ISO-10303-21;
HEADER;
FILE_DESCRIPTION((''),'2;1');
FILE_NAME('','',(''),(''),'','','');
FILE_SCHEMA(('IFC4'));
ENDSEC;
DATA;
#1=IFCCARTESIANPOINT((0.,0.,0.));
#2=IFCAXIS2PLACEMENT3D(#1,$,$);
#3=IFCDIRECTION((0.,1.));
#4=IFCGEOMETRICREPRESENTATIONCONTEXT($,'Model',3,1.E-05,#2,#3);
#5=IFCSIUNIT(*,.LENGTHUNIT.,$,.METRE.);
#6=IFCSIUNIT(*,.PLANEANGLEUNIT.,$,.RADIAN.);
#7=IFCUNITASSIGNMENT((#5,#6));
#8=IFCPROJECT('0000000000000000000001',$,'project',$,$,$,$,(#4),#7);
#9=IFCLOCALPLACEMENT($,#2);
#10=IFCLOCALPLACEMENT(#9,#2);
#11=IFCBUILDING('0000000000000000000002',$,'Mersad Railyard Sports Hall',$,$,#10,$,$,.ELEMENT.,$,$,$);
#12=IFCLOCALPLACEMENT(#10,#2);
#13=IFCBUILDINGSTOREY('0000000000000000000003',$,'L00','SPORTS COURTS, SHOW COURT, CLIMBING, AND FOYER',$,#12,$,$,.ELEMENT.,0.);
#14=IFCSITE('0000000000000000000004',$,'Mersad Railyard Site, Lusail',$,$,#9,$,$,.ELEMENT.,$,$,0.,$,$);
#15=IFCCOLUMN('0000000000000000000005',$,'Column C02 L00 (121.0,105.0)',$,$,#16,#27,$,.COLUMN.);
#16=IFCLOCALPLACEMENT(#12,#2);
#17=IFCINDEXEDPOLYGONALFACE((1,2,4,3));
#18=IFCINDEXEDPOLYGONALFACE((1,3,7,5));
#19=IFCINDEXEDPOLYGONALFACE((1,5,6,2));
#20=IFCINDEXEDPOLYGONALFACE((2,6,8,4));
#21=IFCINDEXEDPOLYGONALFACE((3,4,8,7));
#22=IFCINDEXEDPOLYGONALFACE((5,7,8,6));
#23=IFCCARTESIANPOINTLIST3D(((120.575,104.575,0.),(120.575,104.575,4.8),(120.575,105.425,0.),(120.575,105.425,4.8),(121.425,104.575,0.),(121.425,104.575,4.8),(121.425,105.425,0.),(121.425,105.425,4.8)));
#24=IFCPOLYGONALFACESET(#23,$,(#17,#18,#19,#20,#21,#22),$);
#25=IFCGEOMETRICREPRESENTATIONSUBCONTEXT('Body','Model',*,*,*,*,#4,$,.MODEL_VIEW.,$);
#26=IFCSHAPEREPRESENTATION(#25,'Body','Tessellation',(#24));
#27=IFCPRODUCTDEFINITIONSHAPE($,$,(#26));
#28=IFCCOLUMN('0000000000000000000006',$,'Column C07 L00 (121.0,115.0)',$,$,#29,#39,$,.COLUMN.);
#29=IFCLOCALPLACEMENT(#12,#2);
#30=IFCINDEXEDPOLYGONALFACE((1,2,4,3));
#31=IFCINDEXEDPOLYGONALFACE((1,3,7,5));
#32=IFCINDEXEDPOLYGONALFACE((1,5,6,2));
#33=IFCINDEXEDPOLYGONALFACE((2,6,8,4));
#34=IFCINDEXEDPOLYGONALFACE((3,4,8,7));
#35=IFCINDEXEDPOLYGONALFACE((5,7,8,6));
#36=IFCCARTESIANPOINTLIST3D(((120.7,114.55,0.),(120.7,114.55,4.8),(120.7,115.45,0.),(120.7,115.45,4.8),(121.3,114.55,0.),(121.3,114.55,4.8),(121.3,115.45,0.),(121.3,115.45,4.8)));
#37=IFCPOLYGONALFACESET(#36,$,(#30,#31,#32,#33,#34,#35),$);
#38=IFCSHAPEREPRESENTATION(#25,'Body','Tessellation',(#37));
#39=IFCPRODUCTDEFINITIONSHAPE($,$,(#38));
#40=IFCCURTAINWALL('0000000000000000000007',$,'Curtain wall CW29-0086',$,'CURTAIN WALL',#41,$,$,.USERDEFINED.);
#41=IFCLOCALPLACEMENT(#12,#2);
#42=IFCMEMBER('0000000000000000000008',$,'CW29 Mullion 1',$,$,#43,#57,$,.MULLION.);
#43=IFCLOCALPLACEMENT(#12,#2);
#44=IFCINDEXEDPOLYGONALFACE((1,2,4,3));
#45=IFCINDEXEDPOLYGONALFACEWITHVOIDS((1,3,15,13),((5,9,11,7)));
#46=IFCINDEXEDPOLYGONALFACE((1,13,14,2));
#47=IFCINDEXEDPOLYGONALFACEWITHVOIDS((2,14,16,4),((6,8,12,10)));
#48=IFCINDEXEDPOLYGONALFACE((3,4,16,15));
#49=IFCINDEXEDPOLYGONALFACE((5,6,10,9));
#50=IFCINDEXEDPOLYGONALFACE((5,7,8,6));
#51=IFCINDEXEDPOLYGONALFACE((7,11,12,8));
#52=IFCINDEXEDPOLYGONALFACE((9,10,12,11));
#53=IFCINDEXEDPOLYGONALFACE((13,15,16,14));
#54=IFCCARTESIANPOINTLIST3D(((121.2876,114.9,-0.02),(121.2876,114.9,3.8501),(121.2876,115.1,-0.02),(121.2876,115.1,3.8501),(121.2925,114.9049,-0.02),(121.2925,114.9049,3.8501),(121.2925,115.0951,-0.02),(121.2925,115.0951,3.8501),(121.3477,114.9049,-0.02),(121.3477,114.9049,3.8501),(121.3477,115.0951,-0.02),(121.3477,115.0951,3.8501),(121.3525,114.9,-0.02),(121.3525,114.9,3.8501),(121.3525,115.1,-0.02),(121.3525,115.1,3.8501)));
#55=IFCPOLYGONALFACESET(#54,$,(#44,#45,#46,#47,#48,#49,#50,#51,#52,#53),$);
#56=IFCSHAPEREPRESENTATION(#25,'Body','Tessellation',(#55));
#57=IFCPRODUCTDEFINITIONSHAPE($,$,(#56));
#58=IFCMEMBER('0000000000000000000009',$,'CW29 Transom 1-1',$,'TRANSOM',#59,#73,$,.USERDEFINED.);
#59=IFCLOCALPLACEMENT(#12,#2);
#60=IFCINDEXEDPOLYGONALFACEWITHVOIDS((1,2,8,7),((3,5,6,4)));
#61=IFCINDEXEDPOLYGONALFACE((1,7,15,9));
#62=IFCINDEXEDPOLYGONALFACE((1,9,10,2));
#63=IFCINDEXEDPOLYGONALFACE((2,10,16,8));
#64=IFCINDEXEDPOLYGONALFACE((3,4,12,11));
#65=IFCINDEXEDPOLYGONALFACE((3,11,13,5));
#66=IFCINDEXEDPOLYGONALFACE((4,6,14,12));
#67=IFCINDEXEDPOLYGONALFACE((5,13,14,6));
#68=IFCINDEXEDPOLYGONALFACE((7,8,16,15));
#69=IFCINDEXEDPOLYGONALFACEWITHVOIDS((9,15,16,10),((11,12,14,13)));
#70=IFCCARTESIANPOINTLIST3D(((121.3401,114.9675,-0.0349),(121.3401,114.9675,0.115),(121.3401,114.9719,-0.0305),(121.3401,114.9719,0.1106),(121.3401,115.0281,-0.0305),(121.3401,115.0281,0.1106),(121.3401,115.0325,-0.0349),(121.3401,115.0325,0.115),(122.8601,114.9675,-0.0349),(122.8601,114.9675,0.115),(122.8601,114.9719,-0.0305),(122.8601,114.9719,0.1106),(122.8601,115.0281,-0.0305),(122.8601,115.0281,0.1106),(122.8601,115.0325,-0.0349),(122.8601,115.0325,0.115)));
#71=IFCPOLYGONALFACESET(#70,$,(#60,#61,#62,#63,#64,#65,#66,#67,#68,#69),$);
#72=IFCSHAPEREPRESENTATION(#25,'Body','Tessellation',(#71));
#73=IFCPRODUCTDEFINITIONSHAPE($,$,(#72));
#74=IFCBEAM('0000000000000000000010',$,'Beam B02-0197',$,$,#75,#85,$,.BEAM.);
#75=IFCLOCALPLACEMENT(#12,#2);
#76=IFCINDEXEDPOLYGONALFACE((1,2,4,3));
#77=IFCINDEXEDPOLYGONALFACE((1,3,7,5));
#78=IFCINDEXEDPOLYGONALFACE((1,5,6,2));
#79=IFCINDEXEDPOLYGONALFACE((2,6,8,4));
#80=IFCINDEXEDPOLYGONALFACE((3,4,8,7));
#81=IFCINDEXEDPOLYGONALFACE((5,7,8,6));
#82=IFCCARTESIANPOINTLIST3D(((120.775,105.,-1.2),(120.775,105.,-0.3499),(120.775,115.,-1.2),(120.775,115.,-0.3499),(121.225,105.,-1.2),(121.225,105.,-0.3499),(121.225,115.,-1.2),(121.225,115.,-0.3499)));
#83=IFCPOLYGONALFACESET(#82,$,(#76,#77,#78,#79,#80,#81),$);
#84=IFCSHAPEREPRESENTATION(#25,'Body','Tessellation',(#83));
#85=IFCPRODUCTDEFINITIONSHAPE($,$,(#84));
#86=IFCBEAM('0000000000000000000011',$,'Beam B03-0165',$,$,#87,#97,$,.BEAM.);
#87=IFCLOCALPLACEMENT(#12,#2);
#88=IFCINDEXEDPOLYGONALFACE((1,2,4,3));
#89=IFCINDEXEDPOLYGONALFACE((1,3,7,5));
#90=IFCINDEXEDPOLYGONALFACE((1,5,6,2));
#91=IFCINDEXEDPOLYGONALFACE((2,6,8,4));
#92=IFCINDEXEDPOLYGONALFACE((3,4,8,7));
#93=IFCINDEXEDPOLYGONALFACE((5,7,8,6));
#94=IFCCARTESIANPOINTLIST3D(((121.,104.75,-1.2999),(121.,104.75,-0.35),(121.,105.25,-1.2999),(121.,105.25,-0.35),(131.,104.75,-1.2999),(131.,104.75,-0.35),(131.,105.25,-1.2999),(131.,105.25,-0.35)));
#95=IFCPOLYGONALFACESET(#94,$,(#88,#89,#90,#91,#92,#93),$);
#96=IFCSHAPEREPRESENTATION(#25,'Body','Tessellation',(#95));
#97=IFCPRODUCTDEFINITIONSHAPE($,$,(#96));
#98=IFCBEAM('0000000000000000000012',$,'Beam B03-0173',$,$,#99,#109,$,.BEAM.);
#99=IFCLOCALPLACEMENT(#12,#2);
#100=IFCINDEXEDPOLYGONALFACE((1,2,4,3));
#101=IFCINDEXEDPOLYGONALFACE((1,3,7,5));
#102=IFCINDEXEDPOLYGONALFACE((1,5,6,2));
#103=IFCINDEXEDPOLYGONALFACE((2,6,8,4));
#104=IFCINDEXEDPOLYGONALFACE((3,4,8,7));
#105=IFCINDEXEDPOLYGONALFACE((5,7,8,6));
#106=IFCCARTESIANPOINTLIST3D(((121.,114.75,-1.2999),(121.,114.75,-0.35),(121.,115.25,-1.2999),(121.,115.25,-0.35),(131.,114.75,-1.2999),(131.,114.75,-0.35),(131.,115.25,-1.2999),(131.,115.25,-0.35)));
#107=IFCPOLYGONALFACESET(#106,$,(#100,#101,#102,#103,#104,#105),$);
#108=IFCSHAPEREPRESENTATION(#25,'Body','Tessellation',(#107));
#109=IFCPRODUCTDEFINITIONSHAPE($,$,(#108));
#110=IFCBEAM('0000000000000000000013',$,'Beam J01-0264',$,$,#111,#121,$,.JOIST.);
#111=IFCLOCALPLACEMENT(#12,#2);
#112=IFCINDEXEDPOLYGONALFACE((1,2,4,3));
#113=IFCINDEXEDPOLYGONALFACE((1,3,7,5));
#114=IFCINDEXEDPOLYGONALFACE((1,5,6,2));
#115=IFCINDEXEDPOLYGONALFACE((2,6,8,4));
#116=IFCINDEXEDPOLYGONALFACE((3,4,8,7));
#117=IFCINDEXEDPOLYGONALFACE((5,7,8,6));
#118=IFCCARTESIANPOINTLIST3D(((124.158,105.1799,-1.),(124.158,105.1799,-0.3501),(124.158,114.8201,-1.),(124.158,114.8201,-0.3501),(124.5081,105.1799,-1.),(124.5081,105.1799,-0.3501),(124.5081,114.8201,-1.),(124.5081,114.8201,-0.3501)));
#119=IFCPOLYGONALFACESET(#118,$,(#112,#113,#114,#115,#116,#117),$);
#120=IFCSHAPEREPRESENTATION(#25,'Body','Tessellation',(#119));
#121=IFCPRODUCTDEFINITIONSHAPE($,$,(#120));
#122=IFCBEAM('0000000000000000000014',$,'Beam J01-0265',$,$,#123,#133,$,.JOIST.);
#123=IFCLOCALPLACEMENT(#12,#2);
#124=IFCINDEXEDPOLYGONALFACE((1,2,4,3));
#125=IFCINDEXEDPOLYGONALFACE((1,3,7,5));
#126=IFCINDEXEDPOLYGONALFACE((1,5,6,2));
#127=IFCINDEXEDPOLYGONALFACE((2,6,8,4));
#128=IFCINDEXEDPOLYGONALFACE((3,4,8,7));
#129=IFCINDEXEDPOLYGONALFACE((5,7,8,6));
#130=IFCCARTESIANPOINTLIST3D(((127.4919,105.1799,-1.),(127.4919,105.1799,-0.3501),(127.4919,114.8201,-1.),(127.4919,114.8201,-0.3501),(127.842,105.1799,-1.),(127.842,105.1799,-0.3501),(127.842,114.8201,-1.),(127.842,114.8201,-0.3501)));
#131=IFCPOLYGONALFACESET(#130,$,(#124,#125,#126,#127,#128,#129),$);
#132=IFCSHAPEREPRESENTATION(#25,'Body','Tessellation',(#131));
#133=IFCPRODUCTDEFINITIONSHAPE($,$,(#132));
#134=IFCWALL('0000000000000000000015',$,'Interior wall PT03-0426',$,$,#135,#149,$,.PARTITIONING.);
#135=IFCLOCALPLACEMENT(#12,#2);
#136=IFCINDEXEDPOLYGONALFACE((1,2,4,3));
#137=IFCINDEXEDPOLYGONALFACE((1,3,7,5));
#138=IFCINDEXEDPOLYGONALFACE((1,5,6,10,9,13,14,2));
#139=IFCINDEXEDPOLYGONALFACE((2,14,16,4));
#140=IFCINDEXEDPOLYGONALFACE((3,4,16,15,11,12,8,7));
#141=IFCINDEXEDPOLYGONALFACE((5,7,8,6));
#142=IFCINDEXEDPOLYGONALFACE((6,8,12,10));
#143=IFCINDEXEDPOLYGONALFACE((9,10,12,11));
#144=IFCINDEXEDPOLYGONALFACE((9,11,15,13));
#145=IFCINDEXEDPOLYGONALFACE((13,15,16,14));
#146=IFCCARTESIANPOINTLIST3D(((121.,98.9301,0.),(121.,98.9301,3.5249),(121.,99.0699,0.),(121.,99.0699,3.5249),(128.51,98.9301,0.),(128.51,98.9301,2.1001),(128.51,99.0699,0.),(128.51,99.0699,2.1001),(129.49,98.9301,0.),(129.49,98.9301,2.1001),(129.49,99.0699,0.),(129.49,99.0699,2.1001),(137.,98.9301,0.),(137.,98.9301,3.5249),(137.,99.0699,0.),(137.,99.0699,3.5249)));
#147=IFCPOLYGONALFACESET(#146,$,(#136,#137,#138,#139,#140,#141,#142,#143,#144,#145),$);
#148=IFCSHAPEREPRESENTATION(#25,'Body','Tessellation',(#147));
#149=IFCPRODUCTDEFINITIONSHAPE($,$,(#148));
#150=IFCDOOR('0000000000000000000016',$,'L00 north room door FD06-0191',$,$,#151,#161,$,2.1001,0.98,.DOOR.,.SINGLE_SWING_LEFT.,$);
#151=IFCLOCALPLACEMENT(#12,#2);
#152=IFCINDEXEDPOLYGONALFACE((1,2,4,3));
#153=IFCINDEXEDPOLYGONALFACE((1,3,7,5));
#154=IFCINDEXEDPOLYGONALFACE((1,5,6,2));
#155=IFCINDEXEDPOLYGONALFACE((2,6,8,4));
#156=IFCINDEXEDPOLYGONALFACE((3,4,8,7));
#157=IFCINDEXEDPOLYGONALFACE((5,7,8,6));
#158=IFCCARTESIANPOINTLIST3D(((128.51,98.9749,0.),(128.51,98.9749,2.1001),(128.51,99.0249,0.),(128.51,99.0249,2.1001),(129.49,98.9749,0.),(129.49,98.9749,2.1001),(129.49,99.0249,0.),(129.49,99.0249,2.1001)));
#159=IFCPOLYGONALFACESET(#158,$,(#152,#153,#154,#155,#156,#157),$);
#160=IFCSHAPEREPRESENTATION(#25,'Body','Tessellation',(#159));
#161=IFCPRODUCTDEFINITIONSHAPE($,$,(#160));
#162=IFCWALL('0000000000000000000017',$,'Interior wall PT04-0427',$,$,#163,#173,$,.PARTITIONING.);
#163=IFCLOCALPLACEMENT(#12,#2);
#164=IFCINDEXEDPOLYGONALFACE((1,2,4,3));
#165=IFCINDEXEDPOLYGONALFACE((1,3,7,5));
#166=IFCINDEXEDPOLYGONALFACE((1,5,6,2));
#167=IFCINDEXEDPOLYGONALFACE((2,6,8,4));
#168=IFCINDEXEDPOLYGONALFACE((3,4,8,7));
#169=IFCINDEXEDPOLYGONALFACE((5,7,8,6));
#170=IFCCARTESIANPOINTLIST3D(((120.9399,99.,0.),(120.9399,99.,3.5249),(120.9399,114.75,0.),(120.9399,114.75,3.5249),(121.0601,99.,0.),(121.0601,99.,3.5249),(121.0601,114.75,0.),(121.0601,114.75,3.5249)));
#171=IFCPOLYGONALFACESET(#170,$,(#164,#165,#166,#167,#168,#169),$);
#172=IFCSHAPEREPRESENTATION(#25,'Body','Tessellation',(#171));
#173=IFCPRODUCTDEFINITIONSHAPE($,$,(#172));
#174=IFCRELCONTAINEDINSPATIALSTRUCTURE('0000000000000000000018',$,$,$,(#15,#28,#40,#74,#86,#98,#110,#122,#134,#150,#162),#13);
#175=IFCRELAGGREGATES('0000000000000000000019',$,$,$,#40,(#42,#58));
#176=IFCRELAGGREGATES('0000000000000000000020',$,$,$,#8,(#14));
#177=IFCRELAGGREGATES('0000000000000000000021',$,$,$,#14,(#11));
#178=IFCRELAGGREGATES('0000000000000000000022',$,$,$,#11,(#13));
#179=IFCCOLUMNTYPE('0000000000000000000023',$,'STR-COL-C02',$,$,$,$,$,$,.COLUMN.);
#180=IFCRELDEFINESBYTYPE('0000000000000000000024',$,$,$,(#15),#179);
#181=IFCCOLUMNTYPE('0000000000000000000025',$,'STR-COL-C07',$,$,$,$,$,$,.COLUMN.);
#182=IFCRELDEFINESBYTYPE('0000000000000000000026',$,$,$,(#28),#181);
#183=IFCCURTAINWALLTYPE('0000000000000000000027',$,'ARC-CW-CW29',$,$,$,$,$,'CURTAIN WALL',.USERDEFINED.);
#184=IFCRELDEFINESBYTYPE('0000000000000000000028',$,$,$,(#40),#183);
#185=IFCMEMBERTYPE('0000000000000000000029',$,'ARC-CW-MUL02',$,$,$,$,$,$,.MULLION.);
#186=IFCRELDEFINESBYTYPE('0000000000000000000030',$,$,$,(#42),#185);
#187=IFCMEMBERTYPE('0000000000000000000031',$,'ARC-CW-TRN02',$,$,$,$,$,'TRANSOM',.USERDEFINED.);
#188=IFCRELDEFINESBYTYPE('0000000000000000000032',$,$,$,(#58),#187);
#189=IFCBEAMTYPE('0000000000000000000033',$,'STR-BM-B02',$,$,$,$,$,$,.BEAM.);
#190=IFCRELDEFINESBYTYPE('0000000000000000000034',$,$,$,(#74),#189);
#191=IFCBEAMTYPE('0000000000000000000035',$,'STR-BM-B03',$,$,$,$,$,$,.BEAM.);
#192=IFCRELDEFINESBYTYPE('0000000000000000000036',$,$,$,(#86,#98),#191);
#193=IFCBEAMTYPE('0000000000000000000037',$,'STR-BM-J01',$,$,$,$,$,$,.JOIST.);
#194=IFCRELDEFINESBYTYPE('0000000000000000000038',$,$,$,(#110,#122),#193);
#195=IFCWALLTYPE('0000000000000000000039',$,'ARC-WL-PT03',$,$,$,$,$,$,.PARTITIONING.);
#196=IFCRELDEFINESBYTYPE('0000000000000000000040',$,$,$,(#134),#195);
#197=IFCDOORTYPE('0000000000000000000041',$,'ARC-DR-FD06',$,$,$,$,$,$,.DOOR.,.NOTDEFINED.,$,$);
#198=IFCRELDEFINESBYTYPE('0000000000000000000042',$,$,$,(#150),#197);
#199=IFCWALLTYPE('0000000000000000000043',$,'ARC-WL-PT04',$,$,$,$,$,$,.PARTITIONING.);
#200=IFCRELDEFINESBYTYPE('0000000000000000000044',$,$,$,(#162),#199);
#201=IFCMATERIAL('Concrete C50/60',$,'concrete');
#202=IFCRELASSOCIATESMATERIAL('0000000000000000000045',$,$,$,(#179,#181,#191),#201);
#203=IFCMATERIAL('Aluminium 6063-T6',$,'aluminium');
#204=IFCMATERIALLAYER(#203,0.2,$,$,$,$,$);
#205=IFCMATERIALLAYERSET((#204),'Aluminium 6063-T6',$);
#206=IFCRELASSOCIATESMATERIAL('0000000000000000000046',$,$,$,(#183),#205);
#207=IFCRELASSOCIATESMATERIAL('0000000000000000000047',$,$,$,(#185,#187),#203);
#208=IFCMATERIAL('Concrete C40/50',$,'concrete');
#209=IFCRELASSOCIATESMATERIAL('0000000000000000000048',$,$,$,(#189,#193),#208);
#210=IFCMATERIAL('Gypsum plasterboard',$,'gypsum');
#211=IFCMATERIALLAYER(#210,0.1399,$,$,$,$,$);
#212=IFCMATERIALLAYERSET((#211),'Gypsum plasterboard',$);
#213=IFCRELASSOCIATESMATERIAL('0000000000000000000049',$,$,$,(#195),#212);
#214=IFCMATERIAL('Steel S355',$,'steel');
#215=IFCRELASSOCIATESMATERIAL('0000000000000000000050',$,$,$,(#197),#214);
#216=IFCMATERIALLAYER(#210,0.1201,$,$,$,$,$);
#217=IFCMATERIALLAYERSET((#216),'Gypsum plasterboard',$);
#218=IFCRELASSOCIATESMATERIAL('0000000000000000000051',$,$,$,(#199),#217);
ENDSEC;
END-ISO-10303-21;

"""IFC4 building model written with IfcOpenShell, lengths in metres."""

from ifc_helpers import new_model, si_unit, direction, frame, frame_2d, origin, origin_2d, place, context, subcontext, project, spatial, rectangle, hollow_rectangle, extrude, material, layer, layer_set, material_profile, profile_set, type_object, element, fill, aggregate, save


model = new_model("IFC4")

# Units and contexts
model_context = context("Model", 3, precision=1e-05, world=origin(), true_north=direction((0.0, 1.0)))
body_context = subcontext(model_context, "Body", "Model", "MODEL_VIEW")
ifc_project = project(units=[si_unit("LENGTHUNIT", "METRE"), si_unit("PLANEANGLEUNIT", "RADIAN")], contexts=[model_context])

# Site, building, storey
site_placement = place(None, origin())
site = spatial("IfcSite", under=ifc_project, at=site_placement, Name="Mersad Railyard Site, Lusail", CompositionType="ELEMENT", RefElevation=0.0)
building_placement = place(site_placement, origin())
building = spatial("IfcBuilding", under=site, at=building_placement, Name="Mersad Railyard Sports Hall", CompositionType="ELEMENT")
storey_placement = place(building_placement, origin())
storey = spatial("IfcBuildingStorey", under=building, at=storey_placement, Name="L00", Description="SPORTS COURTS, SHOW COURT, CLIMBING, AND FOYER", CompositionType="ELEMENT", Elevation=0.0)

# Columns
ifc_material_1 = material(Name="Concrete C50/60", Category="concrete")
ifc_material_profile_1 = material_profile(ifc_material_1, rectangle(XDim=0.8501, YDim=0.8501, at=origin_2d()), Name="RC 850x850")
ifc_profile_set_1 = profile_set([ifc_material_profile_1], Name="Concrete C50/60")
column_type_1 = type_object("IfcColumnType", Name="STR-COL-C02", PredefinedType="COLUMN", material=ifc_profile_set_1)
column_1_placement = place(storey_placement, frame((121.0, 105.0, 0.0), z_axis=(0.0, 0.0, 1.0), x_axis=(1.0, 0.0, 0.0)))
element("IfcColumn", 1, at=column_1_placement, inside=storey, type_object=column_type_1, Name="Column C02 L00 (121.0,105.0)", PredefinedType="COLUMN", context=body_context, shape_type="SweptSolid", body=[
    extrude(rectangle(XDim=0.8501, YDim=0.8501, at=origin_2d()), origin(), (0.0, 0.0, 1.0), 4.8),
])
ifc_material_profile_2 = material_profile(ifc_material_1, rectangle(XDim=0.6001, YDim=0.8999, at=origin_2d()), Name="RC 600x900")
ifc_profile_set_2 = profile_set([ifc_material_profile_2], Name="Concrete C50/60")
column_type_2 = type_object("IfcColumnType", Name="STR-COL-C07", PredefinedType="COLUMN", material=ifc_profile_set_2)
column_2_placement = place(storey_placement, frame((121.0, 115.0, 0.0), z_axis=(0.0, 0.0, 1.0), x_axis=(1.0, 0.0, 0.0)))
element("IfcColumn", 2, at=column_2_placement, inside=storey, type_object=column_type_2, Name="Column C07 L00 (121.0,115.0)", PredefinedType="COLUMN", context=body_context, shape_type="SweptSolid", body=[
    extrude(rectangle(XDim=0.6001, YDim=0.8999, at=origin_2d()), origin(), (0.0, 0.0, 1.0), 4.8),
])

# Curtain wall, members
ifc_material_2 = material(Name="Aluminium 6063-T6", Category="aluminium")
ifc_layer_1 = layer(ifc_material_2, 0.2)
ifc_layer_set_1 = layer_set([ifc_layer_1], Name="Aluminium 6063-T6")
curtain_wall_type = type_object("IfcCurtainWallType", Name="ARC-CW-CW29", ElementType="CURTAIN WALL", PredefinedType="USERDEFINED", material=ifc_layer_set_1)
curtain_wall_placement = place(storey_placement, origin())
curtain_wall = element("IfcCurtainWall", 3, at=curtain_wall_placement, inside=storey, type_object=curtain_wall_type, Name="Curtain wall CW29-0086", ObjectType="CURTAIN WALL", PredefinedType="USERDEFINED")
ifc_material_profile_3 = material_profile(ifc_material_2, hollow_rectangle(XDim=0.0649, YDim=0.2, WallThickness=0.0049, at=origin_2d()), Name="AL MULLION 65x200x5")
ifc_profile_set_3 = profile_set([ifc_material_profile_3], Name="Aluminium 6063-T6")
member_type_1 = type_object("IfcMemberType", Name="ARC-CW-MUL02", PredefinedType="MULLION", material=ifc_profile_set_3)
member_1_placement = place(storey_placement, frame((121.3201, 115.0, -0.02), z_axis=(0.0, 0.0, 1.0), x_axis=(1.0, 0.0, 0.0)))
member_1 = element("IfcMember", 4, at=member_1_placement, type_object=member_type_1, Name="CW29 Mullion 1", PredefinedType="MULLION", context=body_context, shape_type="SweptSolid", body=[
    extrude(hollow_rectangle(XDim=0.0649, YDim=0.2, WallThickness=0.0049, at=origin_2d()), origin(), (0.0, 0.0, 1.0), 3.8701),
])
ifc_material_profile_4 = material_profile(ifc_material_2, hollow_rectangle(XDim=0.0649, YDim=0.1499, WallThickness=0.0044, at=origin_2d()), Name="AL TRANSOM 65x150x4.5")
ifc_profile_set_4 = profile_set([ifc_material_profile_4], Name="Aluminium 6063-T6")
member_type_2 = type_object("IfcMemberType", Name="ARC-CW-TRN02", ElementType="TRANSOM", PredefinedType="USERDEFINED", material=ifc_profile_set_4)
member_2_placement = place(storey_placement, frame((121.3401, 115.0, 0.04), z_axis=(1.0, 0.0, 0.0), x_axis=(0.0, 1.0, 0.0)))
member_2 = element("IfcMember", 5, at=member_2_placement, type_object=member_type_2, Name="CW29 Transom 1-1", ObjectType="TRANSOM", PredefinedType="USERDEFINED", context=body_context, shape_type="SweptSolid", body=[
    extrude(hollow_rectangle(XDim=0.0649, YDim=0.1499, WallThickness=0.0044, at=origin_2d()), origin(), (0.0, 0.0, 1.0), 1.52),
])
aggregate(curtain_wall, [member_1, member_2])

# Beams
ifc_material_3 = material(Name="Concrete C40/50", Category="concrete")
ifc_material_profile_5 = material_profile(ifc_material_3, rectangle(XDim=0.45, YDim=0.8501, at=origin_2d()), Name="RC 450x850")
ifc_profile_set_5 = profile_set([ifc_material_profile_5], Name="Concrete C40/50")
beam_type_1 = type_object("IfcBeamType", Name="STR-BM-B02", PredefinedType="BEAM", material=ifc_profile_set_5)
beam_placement = place(storey_placement, frame((121.0, 105.0, -0.7749), z_axis=(0.0, 1.0, 0.0), x_axis=(-1.0, 0.0, 0.0)))
element("IfcBeam", 6, at=beam_placement, inside=storey, type_object=beam_type_1, Name="Beam B02-0197", PredefinedType="BEAM", context=body_context, shape_type="SweptSolid", body=[
    extrude(rectangle(XDim=0.45, YDim=0.8501, at=origin_2d()), origin(), (0.0, 0.0, 1.0), 10.0),
])
ifc_material_profile_6 = material_profile(ifc_material_1, rectangle(XDim=0.5, YDim=0.95, at=origin_2d()), Name="RC 500x950")
ifc_profile_set_6 = profile_set([ifc_material_profile_6], Name="Concrete C50/60")
beam_type_2 = type_object("IfcBeamType", Name="STR-BM-B03", PredefinedType="BEAM", material=ifc_profile_set_6)
for number, where, z_axis, x_axis, name in (
    (7, (121.0, 105.0, -0.825), (1.0, 0.0, 0.0), (0.0, 1.0, 0.0), "Beam B03-0165"),
    (8, (121.0, 115.0, -0.825), (1.0, 0.0, 0.0), (0.0, 1.0, 0.0), "Beam B03-0173"),
):
    element("IfcBeam", number, at=place(storey_placement, frame(where, z_axis=z_axis, x_axis=x_axis)), inside=storey, type_object=beam_type_2, Name=name, PredefinedType="BEAM", context=body_context, shape_type="SweptSolid", body=[
        extrude(rectangle(XDim=0.5, YDim=0.95, at=origin_2d()), origin(), (0.0, 0.0, 1.0), 10.0),
    ])
ifc_material_profile_7 = material_profile(ifc_material_3, rectangle(XDim=0.3501, YDim=0.6499, at=origin_2d()), Name="RC 350x650")
ifc_profile_set_7 = profile_set([ifc_material_profile_7], Name="Concrete C40/50")
beam_type_3 = type_object("IfcBeamType", Name="STR-BM-J01", PredefinedType="JOIST", material=ifc_profile_set_7)
for number, where, z_axis, x_axis, name in (
    (9, (124.333, 105.1799, -0.675), (0.0, 1.0, 0.0), (-1.0, 0.0, 0.0), "Beam J01-0264"),
    (10, (127.667, 105.1799, -0.675), (0.0, 1.0, 0.0), (-1.0, 0.0, 0.0), "Beam J01-0265"),
):
    element("IfcBeam", number, at=place(storey_placement, frame(where, z_axis=z_axis, x_axis=x_axis)), inside=storey, type_object=beam_type_3, Name=name, PredefinedType="JOIST", context=body_context, shape_type="SweptSolid", body=[
        extrude(rectangle(XDim=0.3501, YDim=0.6499, at=origin_2d()), origin(), (0.0, 0.0, 1.0), 9.6401),
    ])

# Wall, opening, door
ifc_material_4 = material(Name="Steel S355", Category="steel")
ifc_material_5 = material(Name="Gypsum plasterboard", Category="gypsum")
ifc_layer_2 = layer(ifc_material_5, 0.1399)
ifc_layer_set_2 = layer_set([ifc_layer_2], Name="Gypsum plasterboard")
wall_type_1 = type_object("IfcWallType", Name="ARC-WL-PT03", PredefinedType="PARTITIONING", material=ifc_layer_set_2)
wall_1_placement = place(storey_placement, frame((121.0, 99.0, 0.0), z_axis=(0.0, 0.0, 1.0), x_axis=(1.0, 0.0, 0.0)))
wall_1 = element("IfcWall", 11, at=wall_1_placement, inside=storey, type_object=wall_type_1, Name="Interior wall PT03-0426", PredefinedType="PARTITIONING", context=body_context, shape_type="SweptSolid", body=[
    extrude(rectangle(XDim=16.0, YDim=0.1399, at=frame_2d((8.0, 0.0))), origin(), (0.0, 0.0, 1.0), 3.5249),
])
opening_1_placement = place(wall_1_placement, frame((7.51, 0.0, 0.0)))
opening_1 = element("IfcOpeningElement", 12, at=opening_1_placement, cuts=wall_1, PredefinedType="OPENING", context=body_context, shape_type="SweptSolid", body=[
    extrude(rectangle(XDim=0.98, YDim=2.1001, at=frame_2d((0.49, 1.05))), frame((0.0, 0.0798, 0.0), z_axis=(0.0, -1.0, 0.0), x_axis=(1.0, 0.0, 0.0)), (0.0, 0.0, 1.0), 0.1599),
])
door_type_1 = type_object("IfcDoorType", Name="ARC-DR-FD06", OperationType="NOTDEFINED", PredefinedType="DOOR", material=ifc_material_4)
door_1_placement = place(opening_1_placement, origin())
door_1 = element("IfcDoor", 13, at=door_1_placement, inside=storey, type_object=door_type_1, Name="L00 north room door FD06-0191", OperationType="SINGLE_SWING_LEFT", OverallHeight=2.1001, OverallWidth=0.98, PredefinedType="DOOR", context=body_context, shape_type="SweptSolid", body=[
    extrude(rectangle(XDim=0.98, YDim=2.1001, at=frame_2d((0.49, 1.05))), frame((0.0, 0.0249, 0.0), z_axis=(0.0, -1.0, 0.0), x_axis=(1.0, 0.0, 0.0)), (0.0, 0.0, 1.0), 0.05),
])
fill(opening_1, door_1)

# Wall
ifc_layer_3 = layer(ifc_material_5, 0.1201)
ifc_layer_set_3 = layer_set([ifc_layer_3], Name="Gypsum plasterboard")
wall_type_2 = type_object("IfcWallType", Name="ARC-WL-PT04", PredefinedType="PARTITIONING", material=ifc_layer_set_3)
wall_2_placement = place(storey_placement, frame((121.0, 99.0, 0.0), z_axis=(0.0, 0.0, 1.0), x_axis=(0.0, 1.0, 0.0)))
element("IfcWall", 14, at=wall_2_placement, inside=storey, type_object=wall_type_2, Name="Interior wall PT04-0427", PredefinedType="PARTITIONING", context=body_context, shape_type="SweptSolid", body=[
    extrude(rectangle(XDim=15.75, YDim=0.1201, at=frame_2d((7.875, 0.0))), origin(), (0.0, 0.0, 1.0), 3.5249),
])

save(model, "model.ifc")
